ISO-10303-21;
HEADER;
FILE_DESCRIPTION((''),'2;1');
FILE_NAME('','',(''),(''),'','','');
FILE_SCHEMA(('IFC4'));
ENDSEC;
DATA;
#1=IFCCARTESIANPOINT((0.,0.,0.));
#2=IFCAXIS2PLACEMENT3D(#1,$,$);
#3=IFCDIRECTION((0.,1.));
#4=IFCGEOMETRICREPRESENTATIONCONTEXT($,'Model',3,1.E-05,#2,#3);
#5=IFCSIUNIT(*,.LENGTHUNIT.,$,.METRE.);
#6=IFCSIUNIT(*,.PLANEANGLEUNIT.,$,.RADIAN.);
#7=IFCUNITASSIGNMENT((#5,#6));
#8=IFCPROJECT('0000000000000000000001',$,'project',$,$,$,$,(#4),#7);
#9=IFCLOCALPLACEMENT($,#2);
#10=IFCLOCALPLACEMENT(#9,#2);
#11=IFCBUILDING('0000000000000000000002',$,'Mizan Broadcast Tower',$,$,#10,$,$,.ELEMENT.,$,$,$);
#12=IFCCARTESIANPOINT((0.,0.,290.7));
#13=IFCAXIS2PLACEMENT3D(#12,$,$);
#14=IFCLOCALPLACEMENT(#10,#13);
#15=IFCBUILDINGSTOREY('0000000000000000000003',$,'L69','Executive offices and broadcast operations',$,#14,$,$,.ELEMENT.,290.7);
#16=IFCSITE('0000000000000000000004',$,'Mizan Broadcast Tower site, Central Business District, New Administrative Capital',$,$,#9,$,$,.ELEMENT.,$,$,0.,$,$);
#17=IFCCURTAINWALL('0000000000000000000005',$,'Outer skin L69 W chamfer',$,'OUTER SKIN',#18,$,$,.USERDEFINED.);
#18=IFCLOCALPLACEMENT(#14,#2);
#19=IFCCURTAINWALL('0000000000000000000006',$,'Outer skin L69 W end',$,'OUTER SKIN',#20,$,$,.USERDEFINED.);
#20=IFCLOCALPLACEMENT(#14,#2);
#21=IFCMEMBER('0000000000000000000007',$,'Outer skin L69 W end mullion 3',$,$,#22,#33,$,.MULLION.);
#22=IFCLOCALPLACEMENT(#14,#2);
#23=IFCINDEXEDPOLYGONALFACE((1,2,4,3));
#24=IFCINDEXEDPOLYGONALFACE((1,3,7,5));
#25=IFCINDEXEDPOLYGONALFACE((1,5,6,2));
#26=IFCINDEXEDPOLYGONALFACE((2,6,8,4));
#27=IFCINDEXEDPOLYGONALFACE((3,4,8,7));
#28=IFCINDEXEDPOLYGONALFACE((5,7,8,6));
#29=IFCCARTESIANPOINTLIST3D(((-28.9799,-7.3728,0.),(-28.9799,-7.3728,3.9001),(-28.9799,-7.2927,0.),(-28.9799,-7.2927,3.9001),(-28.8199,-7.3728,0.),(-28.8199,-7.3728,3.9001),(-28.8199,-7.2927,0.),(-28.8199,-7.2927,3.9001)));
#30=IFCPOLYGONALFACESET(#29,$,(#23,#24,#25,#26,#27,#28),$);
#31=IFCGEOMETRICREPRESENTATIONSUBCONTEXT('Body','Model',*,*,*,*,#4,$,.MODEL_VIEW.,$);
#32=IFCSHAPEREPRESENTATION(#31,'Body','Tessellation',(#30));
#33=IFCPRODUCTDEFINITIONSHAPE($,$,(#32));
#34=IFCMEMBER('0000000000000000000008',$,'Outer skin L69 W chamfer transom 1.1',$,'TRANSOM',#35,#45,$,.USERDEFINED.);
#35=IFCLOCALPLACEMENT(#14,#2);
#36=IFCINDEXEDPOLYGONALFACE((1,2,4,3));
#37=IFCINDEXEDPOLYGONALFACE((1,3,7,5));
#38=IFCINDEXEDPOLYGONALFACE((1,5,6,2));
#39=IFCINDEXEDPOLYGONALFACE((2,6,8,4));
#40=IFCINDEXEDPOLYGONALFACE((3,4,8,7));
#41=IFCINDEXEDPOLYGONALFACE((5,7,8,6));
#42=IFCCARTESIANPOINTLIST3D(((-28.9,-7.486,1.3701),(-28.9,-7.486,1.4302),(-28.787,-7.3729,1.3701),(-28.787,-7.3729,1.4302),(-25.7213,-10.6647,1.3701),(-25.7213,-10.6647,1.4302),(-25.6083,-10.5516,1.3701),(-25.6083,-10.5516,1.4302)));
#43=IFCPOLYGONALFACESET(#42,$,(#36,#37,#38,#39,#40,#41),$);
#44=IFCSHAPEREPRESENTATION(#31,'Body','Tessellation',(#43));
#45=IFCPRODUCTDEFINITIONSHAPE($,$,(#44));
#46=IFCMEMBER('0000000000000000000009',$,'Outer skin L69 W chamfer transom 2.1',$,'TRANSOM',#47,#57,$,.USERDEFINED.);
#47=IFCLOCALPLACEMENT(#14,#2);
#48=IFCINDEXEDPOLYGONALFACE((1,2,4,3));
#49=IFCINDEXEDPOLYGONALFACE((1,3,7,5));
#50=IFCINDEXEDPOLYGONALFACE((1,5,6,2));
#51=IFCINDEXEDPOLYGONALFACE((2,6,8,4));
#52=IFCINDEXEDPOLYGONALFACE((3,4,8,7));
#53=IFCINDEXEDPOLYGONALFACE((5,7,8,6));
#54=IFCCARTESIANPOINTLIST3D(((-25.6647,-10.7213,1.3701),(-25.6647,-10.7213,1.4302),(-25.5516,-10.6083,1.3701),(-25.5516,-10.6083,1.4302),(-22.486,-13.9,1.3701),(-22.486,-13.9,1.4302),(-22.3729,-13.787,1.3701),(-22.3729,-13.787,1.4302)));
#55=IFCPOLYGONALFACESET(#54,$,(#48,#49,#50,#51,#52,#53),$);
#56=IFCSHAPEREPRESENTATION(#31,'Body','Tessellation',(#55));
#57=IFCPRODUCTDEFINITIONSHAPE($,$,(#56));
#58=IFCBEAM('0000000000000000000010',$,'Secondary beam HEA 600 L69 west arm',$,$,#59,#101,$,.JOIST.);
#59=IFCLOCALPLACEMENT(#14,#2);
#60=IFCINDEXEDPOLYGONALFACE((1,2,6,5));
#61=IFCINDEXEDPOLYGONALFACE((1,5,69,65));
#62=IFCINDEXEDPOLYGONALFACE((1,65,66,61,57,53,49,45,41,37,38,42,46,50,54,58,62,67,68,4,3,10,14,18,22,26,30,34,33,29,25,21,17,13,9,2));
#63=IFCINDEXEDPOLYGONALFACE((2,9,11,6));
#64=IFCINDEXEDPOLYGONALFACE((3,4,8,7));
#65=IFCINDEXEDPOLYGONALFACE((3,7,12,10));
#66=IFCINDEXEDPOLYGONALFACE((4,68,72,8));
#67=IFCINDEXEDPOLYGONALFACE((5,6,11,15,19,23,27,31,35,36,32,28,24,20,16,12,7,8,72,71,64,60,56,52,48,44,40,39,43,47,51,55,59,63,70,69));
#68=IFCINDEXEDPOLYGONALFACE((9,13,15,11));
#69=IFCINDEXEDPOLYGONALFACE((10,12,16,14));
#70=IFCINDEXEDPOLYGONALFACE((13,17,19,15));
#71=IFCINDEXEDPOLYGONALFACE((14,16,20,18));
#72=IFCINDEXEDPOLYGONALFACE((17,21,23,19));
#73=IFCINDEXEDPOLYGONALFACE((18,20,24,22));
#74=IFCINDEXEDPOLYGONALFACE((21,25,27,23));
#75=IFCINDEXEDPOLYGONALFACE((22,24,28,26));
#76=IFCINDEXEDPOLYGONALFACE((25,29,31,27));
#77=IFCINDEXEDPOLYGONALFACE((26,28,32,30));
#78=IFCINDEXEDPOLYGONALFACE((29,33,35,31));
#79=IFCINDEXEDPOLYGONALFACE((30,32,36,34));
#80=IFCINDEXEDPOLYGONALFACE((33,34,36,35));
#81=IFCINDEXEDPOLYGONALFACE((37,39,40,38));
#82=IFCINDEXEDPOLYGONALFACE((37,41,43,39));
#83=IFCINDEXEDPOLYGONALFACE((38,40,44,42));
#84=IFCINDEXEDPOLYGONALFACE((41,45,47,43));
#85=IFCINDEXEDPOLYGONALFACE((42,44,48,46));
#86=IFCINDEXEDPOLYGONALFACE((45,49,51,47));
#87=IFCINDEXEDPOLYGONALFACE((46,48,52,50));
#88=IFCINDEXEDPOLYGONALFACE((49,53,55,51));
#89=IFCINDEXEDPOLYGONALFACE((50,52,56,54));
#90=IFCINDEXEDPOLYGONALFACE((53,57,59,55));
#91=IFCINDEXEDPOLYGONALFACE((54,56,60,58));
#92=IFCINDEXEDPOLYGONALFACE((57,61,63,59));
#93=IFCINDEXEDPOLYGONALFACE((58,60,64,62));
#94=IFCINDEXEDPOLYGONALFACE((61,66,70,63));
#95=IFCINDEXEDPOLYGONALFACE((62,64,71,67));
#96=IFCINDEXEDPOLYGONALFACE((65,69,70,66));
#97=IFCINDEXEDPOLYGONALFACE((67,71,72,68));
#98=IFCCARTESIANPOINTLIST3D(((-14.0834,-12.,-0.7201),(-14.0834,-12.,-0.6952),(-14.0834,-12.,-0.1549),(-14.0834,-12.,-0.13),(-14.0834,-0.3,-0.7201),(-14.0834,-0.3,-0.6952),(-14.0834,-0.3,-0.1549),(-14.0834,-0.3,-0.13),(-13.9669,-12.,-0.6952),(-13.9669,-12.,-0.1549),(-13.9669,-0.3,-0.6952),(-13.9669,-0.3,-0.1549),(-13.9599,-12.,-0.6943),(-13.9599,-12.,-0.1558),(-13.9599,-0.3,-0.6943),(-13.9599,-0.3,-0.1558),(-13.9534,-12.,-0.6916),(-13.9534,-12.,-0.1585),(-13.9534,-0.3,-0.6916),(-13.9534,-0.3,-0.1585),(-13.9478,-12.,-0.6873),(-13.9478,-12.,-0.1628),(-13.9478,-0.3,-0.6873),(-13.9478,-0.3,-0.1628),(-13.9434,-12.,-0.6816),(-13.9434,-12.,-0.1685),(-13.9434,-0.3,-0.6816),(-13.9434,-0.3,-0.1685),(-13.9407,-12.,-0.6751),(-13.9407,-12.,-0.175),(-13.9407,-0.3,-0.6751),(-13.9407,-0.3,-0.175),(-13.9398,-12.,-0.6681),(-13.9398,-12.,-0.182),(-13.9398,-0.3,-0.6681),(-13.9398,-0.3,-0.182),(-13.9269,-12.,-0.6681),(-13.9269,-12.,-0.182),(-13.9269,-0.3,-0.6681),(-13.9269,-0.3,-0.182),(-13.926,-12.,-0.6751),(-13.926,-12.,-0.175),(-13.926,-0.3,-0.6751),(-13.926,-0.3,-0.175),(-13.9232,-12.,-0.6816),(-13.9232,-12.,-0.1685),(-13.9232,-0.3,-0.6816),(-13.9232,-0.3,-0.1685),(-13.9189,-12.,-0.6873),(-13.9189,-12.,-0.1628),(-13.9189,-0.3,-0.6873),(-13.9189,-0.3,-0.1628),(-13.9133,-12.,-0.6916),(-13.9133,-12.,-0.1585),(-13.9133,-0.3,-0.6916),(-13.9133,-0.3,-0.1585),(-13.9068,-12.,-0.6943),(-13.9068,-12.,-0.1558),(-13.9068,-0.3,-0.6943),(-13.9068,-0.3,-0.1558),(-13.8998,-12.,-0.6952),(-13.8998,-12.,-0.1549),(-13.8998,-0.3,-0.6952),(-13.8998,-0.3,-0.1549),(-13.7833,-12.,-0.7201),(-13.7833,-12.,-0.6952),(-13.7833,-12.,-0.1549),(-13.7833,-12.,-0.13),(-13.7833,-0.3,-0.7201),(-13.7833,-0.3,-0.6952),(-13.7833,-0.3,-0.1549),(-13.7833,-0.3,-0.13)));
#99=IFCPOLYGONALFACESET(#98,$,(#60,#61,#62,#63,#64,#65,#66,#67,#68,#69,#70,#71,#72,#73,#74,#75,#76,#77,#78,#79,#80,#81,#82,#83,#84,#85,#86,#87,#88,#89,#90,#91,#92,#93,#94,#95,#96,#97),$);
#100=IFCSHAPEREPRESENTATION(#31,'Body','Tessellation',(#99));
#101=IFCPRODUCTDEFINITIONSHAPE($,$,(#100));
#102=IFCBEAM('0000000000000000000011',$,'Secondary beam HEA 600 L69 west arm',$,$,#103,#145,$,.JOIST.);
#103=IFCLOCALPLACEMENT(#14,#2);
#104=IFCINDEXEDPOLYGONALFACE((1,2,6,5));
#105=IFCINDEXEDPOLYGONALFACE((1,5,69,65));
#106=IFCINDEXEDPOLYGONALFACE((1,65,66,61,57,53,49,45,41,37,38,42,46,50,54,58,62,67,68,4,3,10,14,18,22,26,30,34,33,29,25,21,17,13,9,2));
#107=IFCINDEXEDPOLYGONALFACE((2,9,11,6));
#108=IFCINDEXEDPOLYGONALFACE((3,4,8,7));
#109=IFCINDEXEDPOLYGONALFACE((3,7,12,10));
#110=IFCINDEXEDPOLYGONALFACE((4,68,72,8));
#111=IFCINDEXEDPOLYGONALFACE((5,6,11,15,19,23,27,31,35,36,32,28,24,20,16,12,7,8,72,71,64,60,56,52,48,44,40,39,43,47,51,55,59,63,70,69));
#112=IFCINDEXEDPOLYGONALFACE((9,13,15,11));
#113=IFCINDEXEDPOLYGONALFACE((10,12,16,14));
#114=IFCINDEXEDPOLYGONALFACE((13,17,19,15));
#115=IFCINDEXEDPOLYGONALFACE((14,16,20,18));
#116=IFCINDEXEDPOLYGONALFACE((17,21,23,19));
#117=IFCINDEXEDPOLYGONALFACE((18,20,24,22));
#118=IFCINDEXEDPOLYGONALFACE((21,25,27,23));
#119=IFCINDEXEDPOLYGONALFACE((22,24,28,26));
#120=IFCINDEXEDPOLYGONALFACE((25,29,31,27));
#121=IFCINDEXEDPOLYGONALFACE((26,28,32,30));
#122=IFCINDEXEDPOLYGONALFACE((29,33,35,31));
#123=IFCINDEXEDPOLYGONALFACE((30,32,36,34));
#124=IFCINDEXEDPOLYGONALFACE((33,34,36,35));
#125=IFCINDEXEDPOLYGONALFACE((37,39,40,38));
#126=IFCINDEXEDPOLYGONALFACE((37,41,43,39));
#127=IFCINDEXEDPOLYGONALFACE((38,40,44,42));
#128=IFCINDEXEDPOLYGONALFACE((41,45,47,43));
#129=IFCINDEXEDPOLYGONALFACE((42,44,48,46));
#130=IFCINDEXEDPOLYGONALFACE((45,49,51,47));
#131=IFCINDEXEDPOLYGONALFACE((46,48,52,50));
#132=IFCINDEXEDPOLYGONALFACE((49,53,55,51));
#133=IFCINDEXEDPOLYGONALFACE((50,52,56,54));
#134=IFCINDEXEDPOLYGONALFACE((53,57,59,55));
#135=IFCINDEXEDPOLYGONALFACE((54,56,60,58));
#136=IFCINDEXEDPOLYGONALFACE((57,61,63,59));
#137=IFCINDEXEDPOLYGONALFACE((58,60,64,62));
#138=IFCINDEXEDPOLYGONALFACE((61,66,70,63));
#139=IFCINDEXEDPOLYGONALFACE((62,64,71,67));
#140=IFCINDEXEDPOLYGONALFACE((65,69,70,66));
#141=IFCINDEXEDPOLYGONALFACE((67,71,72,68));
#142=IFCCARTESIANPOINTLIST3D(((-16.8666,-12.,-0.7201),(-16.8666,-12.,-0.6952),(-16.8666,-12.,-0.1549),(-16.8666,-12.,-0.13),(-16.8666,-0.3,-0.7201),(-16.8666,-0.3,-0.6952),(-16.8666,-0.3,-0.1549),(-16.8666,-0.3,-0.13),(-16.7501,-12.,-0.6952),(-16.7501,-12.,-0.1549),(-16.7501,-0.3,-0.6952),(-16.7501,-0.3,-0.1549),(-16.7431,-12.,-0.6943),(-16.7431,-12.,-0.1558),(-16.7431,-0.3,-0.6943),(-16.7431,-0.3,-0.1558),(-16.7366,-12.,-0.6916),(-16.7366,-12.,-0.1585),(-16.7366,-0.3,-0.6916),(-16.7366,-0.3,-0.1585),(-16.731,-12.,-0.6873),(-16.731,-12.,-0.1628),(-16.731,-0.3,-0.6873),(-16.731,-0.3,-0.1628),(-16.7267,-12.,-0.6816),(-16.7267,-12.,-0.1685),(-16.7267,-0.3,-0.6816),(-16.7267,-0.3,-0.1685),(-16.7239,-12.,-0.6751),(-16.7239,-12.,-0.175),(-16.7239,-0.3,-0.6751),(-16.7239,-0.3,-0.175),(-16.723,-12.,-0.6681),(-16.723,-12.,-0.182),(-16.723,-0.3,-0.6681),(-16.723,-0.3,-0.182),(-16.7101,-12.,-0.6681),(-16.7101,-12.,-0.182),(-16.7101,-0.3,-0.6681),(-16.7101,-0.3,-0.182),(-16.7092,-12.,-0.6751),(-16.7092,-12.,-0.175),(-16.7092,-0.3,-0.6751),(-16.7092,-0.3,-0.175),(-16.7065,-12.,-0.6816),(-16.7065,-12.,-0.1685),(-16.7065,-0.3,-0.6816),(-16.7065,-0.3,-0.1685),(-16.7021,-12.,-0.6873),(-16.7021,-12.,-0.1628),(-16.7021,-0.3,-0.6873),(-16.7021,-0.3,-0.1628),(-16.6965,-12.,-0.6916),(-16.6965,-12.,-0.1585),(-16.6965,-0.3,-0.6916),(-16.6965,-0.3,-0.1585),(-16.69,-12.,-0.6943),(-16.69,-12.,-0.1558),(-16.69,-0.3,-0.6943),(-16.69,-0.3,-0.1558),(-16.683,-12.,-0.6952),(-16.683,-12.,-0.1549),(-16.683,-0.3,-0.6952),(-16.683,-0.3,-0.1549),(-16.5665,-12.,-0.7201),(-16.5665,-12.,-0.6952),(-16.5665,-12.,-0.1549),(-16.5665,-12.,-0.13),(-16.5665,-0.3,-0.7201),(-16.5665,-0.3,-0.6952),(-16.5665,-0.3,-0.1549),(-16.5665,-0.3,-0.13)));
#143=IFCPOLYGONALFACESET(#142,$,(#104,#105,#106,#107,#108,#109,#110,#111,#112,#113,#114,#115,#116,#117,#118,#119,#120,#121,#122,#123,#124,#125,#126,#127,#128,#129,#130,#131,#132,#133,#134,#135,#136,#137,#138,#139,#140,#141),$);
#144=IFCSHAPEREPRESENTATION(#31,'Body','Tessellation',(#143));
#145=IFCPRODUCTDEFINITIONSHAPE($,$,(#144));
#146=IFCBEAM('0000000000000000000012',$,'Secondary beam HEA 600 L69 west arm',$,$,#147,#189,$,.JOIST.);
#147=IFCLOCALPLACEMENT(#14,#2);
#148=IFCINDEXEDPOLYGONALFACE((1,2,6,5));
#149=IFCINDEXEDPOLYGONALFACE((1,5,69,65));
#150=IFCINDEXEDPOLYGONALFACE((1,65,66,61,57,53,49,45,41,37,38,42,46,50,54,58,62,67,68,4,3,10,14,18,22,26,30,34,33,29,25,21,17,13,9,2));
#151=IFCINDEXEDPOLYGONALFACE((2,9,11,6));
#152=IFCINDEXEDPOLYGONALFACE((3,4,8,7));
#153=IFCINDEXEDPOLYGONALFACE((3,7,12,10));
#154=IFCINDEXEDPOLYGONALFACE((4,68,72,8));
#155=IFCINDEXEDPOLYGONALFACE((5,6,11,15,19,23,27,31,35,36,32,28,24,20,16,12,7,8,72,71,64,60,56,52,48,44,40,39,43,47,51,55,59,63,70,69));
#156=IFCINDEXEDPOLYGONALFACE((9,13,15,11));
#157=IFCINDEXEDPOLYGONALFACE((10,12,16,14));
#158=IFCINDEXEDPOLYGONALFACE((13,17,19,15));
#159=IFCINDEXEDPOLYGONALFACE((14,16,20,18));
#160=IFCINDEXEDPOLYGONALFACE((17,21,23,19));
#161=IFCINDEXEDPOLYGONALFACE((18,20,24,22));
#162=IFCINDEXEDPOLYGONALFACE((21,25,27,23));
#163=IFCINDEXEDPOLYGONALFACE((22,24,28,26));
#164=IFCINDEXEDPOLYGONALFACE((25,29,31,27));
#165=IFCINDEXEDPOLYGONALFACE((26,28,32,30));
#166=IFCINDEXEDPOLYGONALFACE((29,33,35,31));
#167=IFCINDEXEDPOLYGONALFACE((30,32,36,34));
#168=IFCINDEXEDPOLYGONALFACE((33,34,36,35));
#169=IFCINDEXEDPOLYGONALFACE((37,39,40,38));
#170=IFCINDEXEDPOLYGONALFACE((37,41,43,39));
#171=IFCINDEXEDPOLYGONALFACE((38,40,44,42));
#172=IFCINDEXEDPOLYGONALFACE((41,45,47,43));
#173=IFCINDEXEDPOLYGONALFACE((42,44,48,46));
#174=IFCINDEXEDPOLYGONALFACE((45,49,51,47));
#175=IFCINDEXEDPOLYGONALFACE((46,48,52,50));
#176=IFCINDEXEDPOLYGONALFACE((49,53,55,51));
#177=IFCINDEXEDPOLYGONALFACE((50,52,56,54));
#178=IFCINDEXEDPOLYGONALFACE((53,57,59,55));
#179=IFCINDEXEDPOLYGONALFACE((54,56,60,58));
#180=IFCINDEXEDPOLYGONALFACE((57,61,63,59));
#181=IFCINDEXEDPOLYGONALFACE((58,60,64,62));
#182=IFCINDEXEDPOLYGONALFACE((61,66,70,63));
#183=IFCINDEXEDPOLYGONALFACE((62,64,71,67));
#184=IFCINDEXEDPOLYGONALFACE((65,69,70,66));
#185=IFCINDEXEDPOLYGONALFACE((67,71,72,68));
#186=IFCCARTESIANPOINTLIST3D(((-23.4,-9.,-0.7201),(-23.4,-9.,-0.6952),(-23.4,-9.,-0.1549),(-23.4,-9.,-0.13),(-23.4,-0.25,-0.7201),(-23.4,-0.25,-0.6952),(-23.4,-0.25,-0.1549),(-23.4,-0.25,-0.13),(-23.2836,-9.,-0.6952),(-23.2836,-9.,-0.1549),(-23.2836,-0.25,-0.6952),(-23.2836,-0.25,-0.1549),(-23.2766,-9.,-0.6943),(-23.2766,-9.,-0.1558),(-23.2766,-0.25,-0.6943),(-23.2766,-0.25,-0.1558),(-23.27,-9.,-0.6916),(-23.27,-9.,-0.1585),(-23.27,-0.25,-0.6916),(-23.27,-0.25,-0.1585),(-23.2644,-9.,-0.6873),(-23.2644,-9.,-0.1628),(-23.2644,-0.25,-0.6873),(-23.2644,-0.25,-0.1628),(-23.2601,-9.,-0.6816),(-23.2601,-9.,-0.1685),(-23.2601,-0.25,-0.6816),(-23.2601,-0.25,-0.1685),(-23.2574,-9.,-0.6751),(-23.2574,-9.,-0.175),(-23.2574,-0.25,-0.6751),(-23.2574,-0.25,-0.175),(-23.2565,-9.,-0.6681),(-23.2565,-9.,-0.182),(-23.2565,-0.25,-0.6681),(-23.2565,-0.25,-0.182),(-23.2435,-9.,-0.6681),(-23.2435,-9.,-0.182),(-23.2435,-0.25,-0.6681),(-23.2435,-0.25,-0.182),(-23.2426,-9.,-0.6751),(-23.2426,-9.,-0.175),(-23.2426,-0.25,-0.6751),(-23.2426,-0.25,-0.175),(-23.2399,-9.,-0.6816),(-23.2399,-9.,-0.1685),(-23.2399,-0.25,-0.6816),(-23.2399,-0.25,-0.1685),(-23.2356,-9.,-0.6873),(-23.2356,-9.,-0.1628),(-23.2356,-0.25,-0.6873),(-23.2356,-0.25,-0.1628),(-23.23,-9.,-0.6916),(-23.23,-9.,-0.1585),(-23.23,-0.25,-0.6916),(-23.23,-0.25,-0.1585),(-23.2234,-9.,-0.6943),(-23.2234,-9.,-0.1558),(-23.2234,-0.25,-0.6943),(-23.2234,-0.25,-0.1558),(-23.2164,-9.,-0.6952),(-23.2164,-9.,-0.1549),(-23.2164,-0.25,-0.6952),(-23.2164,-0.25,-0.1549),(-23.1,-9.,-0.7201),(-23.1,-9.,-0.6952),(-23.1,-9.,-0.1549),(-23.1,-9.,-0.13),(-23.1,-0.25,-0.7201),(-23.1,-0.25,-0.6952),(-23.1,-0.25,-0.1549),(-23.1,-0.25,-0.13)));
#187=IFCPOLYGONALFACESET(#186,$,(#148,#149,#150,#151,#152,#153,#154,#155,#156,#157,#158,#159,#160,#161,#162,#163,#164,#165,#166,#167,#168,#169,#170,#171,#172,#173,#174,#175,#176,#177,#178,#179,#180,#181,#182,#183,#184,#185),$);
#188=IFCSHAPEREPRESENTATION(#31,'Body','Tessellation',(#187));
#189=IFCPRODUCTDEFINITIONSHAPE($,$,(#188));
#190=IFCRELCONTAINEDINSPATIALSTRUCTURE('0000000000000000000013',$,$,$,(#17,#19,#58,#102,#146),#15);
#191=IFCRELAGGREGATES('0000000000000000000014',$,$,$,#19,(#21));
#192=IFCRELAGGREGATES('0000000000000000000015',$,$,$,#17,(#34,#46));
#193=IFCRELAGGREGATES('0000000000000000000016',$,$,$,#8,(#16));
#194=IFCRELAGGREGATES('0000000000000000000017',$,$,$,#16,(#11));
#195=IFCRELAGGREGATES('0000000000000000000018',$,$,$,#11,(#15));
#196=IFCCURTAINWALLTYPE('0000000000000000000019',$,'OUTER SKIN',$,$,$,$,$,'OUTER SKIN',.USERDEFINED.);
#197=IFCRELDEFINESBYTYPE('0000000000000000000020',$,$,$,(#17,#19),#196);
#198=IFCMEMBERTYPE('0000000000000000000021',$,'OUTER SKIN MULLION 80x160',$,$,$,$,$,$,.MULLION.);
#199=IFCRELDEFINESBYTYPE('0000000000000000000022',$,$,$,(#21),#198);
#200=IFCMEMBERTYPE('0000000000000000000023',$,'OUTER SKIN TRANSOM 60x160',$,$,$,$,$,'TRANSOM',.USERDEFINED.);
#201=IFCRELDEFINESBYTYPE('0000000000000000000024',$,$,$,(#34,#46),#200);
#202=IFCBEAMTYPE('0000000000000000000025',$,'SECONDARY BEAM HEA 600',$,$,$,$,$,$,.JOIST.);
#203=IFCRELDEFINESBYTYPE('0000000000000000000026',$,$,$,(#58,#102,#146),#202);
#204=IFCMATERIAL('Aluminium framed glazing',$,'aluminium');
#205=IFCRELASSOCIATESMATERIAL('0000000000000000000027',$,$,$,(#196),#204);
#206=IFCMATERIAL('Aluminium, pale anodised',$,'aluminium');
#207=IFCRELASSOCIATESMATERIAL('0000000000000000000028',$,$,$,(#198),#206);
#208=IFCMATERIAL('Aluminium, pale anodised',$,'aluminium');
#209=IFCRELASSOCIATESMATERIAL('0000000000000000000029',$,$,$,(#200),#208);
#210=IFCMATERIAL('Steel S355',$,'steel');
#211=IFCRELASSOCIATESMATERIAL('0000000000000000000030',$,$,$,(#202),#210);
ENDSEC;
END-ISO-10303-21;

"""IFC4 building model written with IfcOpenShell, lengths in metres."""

from ifc_helpers import new_model, si_unit, direction, frame, origin, origin_2d, place, context, subcontext, project, spatial, rectangle, i_section, extrude, material, material_profile, profile_set, type_object, element, aggregate, save


model = new_model("IFC4")

# Units and contexts
model_context = context("Model", 3, precision=1e-05, world=origin(), true_north=direction((0.0, 1.0)))
body_context = subcontext(model_context, "Body", "Model", "MODEL_VIEW")
ifc_project = project(units=[si_unit("LENGTHUNIT", "METRE"), si_unit("PLANEANGLEUNIT", "RADIAN")], contexts=[model_context])

# Site, building, storey
site_placement = place(None, origin())
site = spatial("IfcSite", under=ifc_project, at=site_placement, Name="Mizan Broadcast Tower site, Central Business District, New Administrative Capital", CompositionType="ELEMENT", RefElevation=0.0)
building_placement = place(site_placement, origin())
building = spatial("IfcBuilding", under=site, at=building_placement, Name="Mizan Broadcast Tower", CompositionType="ELEMENT")
storey_placement = place(building_placement, frame((0.0, 0.0, 290.7)))
storey = spatial("IfcBuildingStorey", under=building, at=storey_placement, Name="L69", Description="Executive offices and broadcast operations", CompositionType="ELEMENT", Elevation=290.7)

# Curtain walls, member
ifc_material_1 = material(Name="Aluminium framed glazing", Category="aluminium")
curtain_wall_type_1 = type_object("IfcCurtainWallType", Name="OUTER SKIN", ElementType="OUTER SKIN", PredefinedType="USERDEFINED", material=ifc_material_1)
curtain_wall_1_placement = place(storey_placement, origin())
curtain_wall_1 = element("IfcCurtainWall", 1, at=curtain_wall_1_placement, inside=storey, type_object=curtain_wall_type_1, Name="Outer skin L69 W chamfer", ObjectType="OUTER SKIN", PredefinedType="USERDEFINED")
ifc_material_2 = material(Name="Aluminium, pale anodised", Category="aluminium")
ifc_material_profile_1 = material_profile(ifc_material_2, rectangle(XDim=0.1599, YDim=0.0801, at=origin_2d()), Name="MULLION 160x80")
ifc_profile_set_1 = profile_set([ifc_material_profile_1], Name="Aluminium, pale anodised")
member_type_1 = type_object("IfcMemberType", Name="OUTER SKIN MULLION 80x160", PredefinedType="MULLION", material=ifc_profile_set_1)
curtain_wall_2_placement = place(storey_placement, origin())
curtain_wall_2 = element("IfcCurtainWall", 2, at=curtain_wall_2_placement, inside=storey, type_object=curtain_wall_type_1, Name="Outer skin L69 W end", ObjectType="OUTER SKIN", PredefinedType="USERDEFINED")
member_1_placement = place(storey_placement, frame((-28.8999, -7.3328, 0.0), z_axis=(0.0, 0.0, 1.0), x_axis=(1.0, 0.0, 0.0)))
member_1 = element("IfcMember", 3, at=member_1_placement, type_object=member_type_1, Name="Outer skin L69 W end mullion 3", PredefinedType="MULLION", context=body_context, shape_type="SweptSolid", body=[
    extrude(rectangle(XDim=0.1599, YDim=0.0801, at=origin_2d()), origin(), (0.0, 0.0, 1.0), 3.9001),
])
aggregate(curtain_wall_2, [member_1])

# Members
ifc_material_3 = material(Name="Aluminium, pale anodised", Category="aluminium")
ifc_material_profile_2 = material_profile(ifc_material_3, rectangle(XDim=0.1599, YDim=0.0601, at=origin_2d()), Name="TRANSOM 160x60")
ifc_profile_set_2 = profile_set([ifc_material_profile_2], Name="Aluminium, pale anodised")
member_type_2 = type_object("IfcMemberType", Name="OUTER SKIN TRANSOM 60x160", ElementType="TRANSOM", PredefinedType="USERDEFINED", material=ifc_profile_set_2)
member_2_placement = place(storey_placement, frame((-28.8435, -7.4294, 1.4001), z_axis=(0.707107, -0.707107, 0.0), x_axis=(0.707107, 0.707107, 0.0)))
member_2 = element("IfcMember", 4, at=member_2_placement, type_object=member_type_2, Name="Outer skin L69 W chamfer transom 1.1", ObjectType="TRANSOM", PredefinedType="USERDEFINED", context=body_context, shape_type="SweptSolid", body=[
    extrude(rectangle(XDim=0.1599, YDim=0.0601, at=origin_2d()), origin(), (0.0, 0.0, 1.0), 4.4954),
])
member_3_placement = place(storey_placement, frame((-25.6082, -10.6648, 1.4001), z_axis=(0.707107, -0.707107, 0.0), x_axis=(0.707107, 0.707107, 0.0)))
member_3 = element("IfcMember", 5, at=member_3_placement, type_object=member_type_2, Name="Outer skin L69 W chamfer transom 2.1", ObjectType="TRANSOM", PredefinedType="USERDEFINED", context=body_context, shape_type="SweptSolid", body=[
    extrude(rectangle(XDim=0.1599, YDim=0.0601, at=origin_2d()), origin(), (0.0, 0.0, 1.0), 4.4954),
])

# Beams
ifc_material_4 = material(Name="Steel S355", Category="steel")
ifc_material_profile_3 = material_profile(ifc_material_4, i_section(OverallWidth=0.3, OverallDepth=0.5901, WebThickness=0.0129, FlangeThickness=0.0249, FilletRadius=0.0271, at=origin_2d()), Name="HEA 600")
ifc_profile_set_3 = profile_set([ifc_material_profile_3], Name="Steel S355")
beam_type_1 = type_object("IfcBeamType", Name="SECONDARY BEAM HEA 600", PredefinedType="JOIST", material=ifc_profile_set_3)
for number, where, z_axis, x_axis, name in (
    (6, (-13.9333, -12.0, -0.425), (0.0, 1.0, 0.0), (-1.0, 0.0, 0.0), "Secondary beam HEA 600 L69 west arm"),
    (7, (-16.7166, -12.0, -0.425), (0.0, 1.0, 0.0), (-1.0, 0.0, 0.0), "Secondary beam HEA 600 L69 west arm"),
):
    element("IfcBeam", number, at=place(storey_placement, frame(where, z_axis=z_axis, x_axis=x_axis)), inside=storey, type_object=beam_type_1, Name=name, PredefinedType="JOIST", context=body_context, shape_type="SweptSolid", body=[
        extrude(i_section(OverallWidth=0.3, OverallDepth=0.5901, WebThickness=0.0129, FlangeThickness=0.0249, FilletRadius=0.0271, at=origin_2d()), origin(), (0.0, 0.0, 1.0), 11.7),
    ])
beam_1_placement = place(storey_placement, frame((-23.25, -9.0, -0.425), z_axis=(0.0, 1.0, 0.0), x_axis=(-1.0, 0.0, 0.0)))
element("IfcBeam", 8, at=beam_1_placement, inside=storey, type_object=beam_type_1, Name="Secondary beam HEA 600 L69 west arm", PredefinedType="JOIST", context=body_context, shape_type="SweptSolid", body=[
    extrude(i_section(OverallWidth=0.3, OverallDepth=0.5901, WebThickness=0.0129, FlangeThickness=0.0249, FilletRadius=0.0271, at=origin_2d()), origin(), (0.0, 0.0, 1.0), 8.75),
])

aggregate(curtain_wall_1, [member_2, member_3])

save(model, "model.ifc")
